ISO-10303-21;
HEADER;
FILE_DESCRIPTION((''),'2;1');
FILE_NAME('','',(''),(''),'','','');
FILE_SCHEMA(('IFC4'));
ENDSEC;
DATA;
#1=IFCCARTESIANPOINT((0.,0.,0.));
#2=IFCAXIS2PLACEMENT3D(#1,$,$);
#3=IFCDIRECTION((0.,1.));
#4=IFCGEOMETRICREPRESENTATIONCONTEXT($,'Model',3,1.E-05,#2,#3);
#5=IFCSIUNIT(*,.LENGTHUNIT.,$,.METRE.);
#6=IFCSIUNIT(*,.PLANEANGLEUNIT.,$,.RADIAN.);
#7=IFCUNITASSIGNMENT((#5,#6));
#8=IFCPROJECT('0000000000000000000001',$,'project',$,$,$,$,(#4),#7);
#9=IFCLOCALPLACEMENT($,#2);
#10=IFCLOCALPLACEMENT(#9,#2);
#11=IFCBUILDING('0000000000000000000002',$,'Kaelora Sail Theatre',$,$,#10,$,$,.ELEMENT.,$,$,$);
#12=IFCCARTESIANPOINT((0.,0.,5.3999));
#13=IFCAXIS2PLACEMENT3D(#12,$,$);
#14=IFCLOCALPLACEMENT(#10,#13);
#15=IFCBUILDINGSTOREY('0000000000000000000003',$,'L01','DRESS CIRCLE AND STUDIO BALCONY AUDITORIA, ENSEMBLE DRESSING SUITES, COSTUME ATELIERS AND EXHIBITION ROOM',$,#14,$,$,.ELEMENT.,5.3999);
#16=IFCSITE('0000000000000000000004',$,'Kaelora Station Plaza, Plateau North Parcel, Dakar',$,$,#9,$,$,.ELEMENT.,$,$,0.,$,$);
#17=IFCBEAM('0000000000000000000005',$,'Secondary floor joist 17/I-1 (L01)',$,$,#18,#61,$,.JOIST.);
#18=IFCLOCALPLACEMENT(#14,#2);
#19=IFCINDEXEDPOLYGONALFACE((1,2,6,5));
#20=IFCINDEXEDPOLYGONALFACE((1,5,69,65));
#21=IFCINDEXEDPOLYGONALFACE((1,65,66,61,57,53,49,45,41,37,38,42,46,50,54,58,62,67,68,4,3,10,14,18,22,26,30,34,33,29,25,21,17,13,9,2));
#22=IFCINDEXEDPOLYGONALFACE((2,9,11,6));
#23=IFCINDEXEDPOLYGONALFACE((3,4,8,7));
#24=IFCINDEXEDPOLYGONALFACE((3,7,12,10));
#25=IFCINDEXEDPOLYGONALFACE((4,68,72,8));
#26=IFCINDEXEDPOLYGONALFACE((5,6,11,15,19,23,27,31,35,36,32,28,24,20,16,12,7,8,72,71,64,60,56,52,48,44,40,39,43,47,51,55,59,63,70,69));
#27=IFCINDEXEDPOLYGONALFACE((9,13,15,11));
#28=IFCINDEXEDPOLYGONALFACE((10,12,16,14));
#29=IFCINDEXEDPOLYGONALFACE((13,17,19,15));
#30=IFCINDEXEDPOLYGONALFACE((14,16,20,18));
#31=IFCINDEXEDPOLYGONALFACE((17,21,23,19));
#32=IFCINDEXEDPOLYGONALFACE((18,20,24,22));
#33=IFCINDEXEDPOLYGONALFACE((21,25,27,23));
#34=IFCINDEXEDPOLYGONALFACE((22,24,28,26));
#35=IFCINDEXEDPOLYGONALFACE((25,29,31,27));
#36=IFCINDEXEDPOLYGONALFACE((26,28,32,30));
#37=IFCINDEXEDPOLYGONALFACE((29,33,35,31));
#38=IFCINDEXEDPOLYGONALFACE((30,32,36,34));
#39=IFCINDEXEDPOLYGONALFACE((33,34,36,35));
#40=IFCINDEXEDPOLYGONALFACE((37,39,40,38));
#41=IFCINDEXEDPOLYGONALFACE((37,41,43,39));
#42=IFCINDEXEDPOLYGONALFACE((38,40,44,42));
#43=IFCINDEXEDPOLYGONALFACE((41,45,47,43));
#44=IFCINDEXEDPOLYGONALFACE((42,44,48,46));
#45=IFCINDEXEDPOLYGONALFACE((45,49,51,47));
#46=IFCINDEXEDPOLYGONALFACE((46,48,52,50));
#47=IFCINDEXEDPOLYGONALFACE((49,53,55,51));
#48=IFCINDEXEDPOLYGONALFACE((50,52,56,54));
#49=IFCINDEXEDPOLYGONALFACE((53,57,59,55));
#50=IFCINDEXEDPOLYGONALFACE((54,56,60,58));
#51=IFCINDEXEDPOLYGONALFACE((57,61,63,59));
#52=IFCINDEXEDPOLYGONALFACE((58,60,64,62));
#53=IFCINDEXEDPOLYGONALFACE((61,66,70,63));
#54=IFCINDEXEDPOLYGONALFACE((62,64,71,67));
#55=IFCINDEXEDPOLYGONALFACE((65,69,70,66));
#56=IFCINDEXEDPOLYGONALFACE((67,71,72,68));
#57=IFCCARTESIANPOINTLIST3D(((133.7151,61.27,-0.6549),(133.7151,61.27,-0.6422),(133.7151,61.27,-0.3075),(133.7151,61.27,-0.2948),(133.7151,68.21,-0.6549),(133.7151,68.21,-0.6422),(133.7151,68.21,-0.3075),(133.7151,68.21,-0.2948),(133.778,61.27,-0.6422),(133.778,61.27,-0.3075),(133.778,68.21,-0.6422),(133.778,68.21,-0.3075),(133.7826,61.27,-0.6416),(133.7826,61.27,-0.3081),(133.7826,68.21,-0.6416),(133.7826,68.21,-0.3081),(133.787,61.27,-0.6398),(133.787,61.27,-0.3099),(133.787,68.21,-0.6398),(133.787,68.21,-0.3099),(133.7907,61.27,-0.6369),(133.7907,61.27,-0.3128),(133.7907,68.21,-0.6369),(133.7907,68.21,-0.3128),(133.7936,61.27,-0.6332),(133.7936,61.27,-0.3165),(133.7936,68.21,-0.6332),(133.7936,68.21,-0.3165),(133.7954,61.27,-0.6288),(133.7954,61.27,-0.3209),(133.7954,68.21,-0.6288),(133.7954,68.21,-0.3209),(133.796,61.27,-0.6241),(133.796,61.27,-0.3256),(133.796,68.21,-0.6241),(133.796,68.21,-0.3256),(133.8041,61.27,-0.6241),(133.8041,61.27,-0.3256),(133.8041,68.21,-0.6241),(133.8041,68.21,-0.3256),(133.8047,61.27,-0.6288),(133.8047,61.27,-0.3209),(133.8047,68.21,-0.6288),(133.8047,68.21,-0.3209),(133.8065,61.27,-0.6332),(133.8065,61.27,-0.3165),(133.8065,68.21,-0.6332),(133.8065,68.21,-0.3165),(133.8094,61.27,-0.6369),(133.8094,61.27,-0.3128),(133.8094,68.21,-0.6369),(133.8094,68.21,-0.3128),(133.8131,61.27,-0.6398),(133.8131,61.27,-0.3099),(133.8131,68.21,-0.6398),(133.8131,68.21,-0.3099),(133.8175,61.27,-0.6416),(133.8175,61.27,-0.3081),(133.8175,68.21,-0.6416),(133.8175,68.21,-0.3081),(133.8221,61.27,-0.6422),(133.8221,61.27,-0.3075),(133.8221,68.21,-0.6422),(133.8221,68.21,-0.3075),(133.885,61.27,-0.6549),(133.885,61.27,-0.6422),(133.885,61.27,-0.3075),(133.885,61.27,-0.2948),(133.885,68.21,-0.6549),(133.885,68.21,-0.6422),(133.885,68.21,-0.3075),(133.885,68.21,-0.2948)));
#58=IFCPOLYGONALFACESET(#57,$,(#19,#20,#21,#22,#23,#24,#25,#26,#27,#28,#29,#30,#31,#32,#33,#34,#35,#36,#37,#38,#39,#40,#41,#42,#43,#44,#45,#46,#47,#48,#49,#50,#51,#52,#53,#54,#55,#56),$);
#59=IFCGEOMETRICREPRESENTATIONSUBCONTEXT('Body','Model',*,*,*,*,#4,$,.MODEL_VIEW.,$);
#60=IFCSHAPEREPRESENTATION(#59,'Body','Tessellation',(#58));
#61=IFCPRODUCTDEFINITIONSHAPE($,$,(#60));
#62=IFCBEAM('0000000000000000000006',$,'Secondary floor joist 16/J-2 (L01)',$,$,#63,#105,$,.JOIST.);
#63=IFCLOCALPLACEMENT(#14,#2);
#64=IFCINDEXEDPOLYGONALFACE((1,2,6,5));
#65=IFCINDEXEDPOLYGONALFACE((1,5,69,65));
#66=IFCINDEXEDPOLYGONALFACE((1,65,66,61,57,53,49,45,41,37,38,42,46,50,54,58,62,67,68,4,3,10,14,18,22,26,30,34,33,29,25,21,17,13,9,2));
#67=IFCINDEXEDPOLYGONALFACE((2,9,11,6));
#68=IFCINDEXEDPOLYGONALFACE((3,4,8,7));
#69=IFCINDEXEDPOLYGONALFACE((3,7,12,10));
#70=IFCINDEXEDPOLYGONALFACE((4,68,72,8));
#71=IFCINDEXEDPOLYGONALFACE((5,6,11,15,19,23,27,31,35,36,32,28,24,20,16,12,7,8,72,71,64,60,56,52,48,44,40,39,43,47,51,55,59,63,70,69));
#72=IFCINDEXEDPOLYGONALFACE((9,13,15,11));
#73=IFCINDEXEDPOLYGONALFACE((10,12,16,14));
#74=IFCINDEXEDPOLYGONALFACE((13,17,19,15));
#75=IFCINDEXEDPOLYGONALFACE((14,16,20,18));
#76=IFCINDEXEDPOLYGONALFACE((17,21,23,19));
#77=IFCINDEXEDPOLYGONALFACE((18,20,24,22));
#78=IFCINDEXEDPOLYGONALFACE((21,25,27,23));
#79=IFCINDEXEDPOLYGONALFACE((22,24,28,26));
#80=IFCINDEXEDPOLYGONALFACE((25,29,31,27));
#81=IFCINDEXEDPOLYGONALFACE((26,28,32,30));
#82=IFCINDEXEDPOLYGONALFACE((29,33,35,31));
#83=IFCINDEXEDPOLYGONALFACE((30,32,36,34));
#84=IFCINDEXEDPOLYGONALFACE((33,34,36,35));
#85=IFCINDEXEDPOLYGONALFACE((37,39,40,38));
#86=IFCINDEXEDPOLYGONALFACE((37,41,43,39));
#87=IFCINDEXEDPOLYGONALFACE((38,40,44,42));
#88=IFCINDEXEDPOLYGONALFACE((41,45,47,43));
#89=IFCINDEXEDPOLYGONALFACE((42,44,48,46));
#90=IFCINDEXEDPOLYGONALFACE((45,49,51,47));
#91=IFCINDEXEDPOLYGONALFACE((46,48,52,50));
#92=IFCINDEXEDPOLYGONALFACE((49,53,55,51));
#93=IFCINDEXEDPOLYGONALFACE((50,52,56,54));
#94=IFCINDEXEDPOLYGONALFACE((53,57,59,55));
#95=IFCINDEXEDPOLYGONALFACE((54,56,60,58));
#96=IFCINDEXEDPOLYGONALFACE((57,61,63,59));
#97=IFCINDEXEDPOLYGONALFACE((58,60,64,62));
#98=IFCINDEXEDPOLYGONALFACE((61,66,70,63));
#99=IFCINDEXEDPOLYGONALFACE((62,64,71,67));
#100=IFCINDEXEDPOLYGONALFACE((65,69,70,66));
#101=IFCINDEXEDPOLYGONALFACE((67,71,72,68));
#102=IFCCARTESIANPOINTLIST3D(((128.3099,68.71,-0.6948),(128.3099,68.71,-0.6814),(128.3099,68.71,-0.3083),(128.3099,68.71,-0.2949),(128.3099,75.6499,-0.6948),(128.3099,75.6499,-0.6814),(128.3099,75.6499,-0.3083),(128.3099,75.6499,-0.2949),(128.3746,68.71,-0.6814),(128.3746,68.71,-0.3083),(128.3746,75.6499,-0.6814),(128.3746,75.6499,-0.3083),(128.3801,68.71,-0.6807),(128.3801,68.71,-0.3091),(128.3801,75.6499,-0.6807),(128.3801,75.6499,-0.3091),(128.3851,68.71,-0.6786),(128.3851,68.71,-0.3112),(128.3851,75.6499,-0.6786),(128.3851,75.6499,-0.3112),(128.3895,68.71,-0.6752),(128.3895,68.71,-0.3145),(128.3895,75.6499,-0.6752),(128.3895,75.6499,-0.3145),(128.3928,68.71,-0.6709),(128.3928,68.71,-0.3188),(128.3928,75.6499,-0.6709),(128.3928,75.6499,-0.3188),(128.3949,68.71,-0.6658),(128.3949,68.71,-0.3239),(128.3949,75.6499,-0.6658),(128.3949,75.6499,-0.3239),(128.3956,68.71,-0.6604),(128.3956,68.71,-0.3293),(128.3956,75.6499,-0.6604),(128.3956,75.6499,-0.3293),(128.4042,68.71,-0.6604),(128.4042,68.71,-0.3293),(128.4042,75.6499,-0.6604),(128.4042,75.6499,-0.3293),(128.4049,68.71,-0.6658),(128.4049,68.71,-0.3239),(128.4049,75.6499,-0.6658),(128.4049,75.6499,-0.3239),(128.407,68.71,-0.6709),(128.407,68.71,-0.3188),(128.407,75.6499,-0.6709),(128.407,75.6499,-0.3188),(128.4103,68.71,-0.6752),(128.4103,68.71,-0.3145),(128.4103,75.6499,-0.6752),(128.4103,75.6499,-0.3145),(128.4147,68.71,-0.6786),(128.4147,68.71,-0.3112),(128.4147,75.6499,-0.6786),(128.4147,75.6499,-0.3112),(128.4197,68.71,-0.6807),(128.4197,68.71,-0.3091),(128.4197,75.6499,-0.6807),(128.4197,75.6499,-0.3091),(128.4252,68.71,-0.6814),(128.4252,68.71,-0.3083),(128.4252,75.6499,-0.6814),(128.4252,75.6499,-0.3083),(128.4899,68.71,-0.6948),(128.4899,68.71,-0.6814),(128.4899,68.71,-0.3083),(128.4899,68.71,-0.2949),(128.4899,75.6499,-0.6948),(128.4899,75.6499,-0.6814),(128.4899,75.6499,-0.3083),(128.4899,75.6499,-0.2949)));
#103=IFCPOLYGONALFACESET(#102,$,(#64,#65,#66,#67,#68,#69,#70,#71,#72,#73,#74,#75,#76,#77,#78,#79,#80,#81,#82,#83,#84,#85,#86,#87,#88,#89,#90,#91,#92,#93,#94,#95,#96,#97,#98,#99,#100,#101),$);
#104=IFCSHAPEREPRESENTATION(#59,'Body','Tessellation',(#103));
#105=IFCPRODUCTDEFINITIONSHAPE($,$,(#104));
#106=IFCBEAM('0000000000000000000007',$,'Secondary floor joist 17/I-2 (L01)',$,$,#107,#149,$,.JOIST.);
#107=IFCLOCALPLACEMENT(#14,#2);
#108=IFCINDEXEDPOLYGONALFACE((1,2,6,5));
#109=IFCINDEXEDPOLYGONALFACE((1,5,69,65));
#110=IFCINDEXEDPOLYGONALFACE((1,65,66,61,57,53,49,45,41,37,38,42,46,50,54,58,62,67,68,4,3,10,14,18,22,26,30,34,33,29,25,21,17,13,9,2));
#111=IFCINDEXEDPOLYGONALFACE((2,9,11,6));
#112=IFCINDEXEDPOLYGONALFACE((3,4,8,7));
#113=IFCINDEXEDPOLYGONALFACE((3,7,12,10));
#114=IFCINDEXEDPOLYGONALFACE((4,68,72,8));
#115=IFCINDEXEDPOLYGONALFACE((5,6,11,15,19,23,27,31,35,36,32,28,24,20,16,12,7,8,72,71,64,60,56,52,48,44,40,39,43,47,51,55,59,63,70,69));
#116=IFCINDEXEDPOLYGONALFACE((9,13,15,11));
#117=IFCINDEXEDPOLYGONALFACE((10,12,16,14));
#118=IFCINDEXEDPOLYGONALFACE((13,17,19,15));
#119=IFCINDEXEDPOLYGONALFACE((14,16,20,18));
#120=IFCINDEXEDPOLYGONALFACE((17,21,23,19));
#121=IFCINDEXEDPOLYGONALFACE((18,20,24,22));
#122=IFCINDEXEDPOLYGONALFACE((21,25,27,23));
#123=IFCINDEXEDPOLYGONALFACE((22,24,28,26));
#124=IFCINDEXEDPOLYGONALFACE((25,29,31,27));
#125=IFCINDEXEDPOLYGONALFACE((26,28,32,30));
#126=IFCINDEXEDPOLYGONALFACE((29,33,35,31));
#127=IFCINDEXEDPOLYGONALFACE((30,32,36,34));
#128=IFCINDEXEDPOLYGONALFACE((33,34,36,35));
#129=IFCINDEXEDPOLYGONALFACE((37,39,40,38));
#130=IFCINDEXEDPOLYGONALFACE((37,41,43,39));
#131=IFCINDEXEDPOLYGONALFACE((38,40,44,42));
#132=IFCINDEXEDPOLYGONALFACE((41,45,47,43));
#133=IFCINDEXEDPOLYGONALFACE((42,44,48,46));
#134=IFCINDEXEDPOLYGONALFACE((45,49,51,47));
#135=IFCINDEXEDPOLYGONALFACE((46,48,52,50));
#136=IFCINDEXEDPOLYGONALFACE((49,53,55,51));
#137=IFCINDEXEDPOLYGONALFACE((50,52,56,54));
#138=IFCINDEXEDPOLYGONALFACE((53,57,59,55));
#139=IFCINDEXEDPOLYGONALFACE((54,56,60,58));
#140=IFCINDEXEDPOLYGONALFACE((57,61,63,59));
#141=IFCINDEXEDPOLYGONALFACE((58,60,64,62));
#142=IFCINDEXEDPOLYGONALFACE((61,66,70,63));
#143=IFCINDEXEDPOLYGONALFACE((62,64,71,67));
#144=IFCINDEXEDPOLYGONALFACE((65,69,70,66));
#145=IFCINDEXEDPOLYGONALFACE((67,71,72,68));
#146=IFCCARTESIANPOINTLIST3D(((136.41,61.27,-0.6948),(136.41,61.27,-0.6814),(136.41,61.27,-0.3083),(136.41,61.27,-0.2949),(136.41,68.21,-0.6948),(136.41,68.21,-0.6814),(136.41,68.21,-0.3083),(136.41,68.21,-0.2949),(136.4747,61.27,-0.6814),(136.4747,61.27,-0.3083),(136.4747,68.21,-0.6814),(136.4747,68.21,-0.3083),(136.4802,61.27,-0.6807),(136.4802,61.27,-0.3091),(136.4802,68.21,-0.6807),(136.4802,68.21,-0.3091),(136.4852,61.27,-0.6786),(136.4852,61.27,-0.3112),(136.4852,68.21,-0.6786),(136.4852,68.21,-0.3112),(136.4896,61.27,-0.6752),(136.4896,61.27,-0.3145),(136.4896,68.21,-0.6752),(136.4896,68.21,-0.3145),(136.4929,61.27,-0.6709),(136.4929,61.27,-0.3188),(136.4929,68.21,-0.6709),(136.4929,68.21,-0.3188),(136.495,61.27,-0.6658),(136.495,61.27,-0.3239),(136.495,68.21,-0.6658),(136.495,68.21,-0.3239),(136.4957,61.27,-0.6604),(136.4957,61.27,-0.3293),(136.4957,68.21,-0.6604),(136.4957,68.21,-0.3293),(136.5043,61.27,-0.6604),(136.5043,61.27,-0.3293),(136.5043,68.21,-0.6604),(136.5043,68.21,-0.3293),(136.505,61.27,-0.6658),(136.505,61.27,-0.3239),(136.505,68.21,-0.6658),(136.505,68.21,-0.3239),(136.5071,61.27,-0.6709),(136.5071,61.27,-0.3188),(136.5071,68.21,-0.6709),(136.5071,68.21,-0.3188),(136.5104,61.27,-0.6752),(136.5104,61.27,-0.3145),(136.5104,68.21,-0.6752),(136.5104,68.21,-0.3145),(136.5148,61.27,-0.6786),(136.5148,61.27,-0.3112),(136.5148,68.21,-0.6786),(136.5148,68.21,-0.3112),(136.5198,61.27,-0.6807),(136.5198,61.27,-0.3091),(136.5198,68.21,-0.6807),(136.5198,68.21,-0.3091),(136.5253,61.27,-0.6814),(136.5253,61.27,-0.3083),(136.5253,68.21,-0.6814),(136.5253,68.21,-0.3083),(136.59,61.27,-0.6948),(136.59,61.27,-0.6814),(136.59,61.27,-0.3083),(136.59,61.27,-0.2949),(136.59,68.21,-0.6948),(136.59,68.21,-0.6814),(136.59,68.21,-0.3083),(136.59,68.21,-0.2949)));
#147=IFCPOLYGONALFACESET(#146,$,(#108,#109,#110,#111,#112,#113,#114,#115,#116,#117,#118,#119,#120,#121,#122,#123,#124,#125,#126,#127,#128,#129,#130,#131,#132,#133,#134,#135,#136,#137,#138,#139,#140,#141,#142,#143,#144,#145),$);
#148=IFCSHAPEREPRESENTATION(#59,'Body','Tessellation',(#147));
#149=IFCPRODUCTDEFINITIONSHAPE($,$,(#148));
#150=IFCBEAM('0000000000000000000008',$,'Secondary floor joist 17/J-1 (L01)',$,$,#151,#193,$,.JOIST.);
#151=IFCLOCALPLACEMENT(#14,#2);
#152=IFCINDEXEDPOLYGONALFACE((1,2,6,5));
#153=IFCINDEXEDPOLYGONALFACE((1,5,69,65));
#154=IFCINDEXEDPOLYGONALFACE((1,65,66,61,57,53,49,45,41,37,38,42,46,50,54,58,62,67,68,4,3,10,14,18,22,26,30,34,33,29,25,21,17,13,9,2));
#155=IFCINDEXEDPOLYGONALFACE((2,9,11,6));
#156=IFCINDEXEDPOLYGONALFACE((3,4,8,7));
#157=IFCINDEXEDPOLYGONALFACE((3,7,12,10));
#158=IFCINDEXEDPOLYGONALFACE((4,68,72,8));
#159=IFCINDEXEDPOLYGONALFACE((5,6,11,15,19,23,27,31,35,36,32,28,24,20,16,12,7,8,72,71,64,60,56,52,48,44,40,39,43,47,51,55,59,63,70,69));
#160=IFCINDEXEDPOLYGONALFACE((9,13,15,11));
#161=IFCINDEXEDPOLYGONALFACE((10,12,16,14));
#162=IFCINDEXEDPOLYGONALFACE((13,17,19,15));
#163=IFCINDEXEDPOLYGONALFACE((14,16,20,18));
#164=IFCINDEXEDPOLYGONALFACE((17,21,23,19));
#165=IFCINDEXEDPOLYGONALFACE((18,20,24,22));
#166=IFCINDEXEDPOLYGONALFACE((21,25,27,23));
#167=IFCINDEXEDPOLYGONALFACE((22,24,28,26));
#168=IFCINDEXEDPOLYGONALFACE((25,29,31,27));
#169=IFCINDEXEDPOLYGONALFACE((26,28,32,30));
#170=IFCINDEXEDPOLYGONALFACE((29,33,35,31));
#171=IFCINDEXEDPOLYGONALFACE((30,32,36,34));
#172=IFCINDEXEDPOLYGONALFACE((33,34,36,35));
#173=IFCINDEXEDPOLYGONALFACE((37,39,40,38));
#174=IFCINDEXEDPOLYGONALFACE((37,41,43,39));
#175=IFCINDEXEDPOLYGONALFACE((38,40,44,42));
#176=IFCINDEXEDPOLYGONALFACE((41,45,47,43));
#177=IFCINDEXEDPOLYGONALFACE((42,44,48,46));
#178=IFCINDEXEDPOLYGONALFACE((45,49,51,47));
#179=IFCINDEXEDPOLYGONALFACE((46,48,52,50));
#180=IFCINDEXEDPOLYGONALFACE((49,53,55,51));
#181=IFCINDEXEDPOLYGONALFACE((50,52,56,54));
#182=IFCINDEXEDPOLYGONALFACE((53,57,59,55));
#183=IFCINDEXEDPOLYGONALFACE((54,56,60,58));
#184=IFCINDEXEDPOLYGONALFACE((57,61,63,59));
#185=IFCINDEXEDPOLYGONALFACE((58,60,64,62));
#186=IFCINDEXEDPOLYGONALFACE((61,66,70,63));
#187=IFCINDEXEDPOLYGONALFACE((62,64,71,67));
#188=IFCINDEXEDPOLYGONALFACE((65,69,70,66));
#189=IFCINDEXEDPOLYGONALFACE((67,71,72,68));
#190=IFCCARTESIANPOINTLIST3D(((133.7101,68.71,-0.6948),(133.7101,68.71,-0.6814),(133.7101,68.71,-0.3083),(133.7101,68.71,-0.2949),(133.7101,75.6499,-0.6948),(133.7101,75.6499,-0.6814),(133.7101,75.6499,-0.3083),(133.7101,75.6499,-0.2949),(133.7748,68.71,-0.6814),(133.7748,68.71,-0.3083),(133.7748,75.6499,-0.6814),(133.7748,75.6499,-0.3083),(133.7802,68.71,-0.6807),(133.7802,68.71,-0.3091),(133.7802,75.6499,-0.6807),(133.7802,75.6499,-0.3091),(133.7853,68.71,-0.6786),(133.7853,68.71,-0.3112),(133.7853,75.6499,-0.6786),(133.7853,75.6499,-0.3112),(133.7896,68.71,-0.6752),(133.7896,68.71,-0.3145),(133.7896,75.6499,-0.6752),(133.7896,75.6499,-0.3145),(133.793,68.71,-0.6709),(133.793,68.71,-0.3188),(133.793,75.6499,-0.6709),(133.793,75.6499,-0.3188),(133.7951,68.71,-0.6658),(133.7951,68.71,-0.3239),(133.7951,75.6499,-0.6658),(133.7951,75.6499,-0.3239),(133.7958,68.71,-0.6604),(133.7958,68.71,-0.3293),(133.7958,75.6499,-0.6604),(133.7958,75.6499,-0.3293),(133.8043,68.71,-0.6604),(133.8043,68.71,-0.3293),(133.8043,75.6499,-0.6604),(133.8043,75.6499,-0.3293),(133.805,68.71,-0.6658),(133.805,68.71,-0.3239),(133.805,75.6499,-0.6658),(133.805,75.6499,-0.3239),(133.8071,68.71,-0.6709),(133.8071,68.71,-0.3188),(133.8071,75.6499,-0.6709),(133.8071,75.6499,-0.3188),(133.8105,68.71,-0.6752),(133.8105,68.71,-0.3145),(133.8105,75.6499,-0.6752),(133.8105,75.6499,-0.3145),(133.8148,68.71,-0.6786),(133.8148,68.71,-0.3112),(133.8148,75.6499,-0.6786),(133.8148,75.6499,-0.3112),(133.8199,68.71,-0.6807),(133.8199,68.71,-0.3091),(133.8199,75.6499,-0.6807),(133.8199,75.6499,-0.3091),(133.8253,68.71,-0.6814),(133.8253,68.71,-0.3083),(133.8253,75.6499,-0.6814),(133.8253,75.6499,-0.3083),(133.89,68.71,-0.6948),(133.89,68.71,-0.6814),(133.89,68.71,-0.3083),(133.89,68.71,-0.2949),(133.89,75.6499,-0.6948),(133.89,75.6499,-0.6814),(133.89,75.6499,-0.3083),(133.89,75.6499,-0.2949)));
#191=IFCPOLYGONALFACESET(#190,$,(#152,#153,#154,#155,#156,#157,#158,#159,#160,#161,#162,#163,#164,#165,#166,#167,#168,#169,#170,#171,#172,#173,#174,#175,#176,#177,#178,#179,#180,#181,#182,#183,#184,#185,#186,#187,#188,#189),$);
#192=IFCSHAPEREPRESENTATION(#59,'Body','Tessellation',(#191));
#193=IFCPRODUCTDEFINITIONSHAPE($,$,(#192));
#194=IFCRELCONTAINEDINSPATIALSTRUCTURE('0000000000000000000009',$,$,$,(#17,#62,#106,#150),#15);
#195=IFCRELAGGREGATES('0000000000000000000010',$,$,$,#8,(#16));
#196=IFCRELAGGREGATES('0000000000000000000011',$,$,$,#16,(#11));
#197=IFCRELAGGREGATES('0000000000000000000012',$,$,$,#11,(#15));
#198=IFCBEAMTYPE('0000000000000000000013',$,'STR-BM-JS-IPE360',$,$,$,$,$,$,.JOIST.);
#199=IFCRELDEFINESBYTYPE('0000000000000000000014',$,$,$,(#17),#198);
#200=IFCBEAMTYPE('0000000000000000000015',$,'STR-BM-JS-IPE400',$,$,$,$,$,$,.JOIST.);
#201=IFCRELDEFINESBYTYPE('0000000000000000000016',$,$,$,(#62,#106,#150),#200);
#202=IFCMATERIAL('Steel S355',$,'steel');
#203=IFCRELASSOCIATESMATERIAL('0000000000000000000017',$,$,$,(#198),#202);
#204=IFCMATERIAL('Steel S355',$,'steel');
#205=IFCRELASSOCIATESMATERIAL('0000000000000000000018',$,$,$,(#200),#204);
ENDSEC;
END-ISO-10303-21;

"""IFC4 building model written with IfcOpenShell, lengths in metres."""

from ifc_helpers import new_model, si_unit, direction, frame, origin, origin_2d, place, context, subcontext, project, spatial, i_section, extrude, material, material_profile, profile_set, type_object, element, save


model = new_model("IFC4")

# Units and contexts
model_context = context("Model", 3, precision=1e-05, world=origin(), true_north=direction((0.0, 1.0)))
body_context = subcontext(model_context, "Body", "Model", "MODEL_VIEW")
ifc_project = project(units=[si_unit("LENGTHUNIT", "METRE"), si_unit("PLANEANGLEUNIT", "RADIAN")], contexts=[model_context])

# Site, building, storey
site_placement = place(None, origin())
site = spatial("IfcSite", under=ifc_project, at=site_placement, Name="Kaelora Station Plaza, Plateau North Parcel, Dakar", CompositionType="ELEMENT", RefElevation=0.0)
building_placement = place(site_placement, origin())
building = spatial("IfcBuilding", under=site, at=building_placement, Name="Kaelora Sail Theatre", CompositionType="ELEMENT")
storey_placement = place(building_placement, frame((0.0, 0.0, 5.3999)))
storey = spatial("IfcBuildingStorey", under=building, at=storey_placement, Name="L01", Description="DRESS CIRCLE AND STUDIO BALCONY AUDITORIA, ENSEMBLE DRESSING SUITES, COSTUME ATELIERS AND EXHIBITION ROOM", CompositionType="ELEMENT", Elevation=5.3999)

# Beams
ifc_material_1 = material(Name="Steel S355", Category="steel")
ifc_material_profile_1 = material_profile(ifc_material_1, i_section(OverallWidth=0.1699, OverallDepth=0.3601, WebThickness=0.0081, FlangeThickness=0.0127, FilletRadius=0.0181, at=origin_2d()), Name="IPE 360")
ifc_profile_set_1 = profile_set([ifc_material_profile_1], Name="Steel S355")
beam_type_1 = type_object("IfcBeamType", Name="STR-BM-JS-IPE360", PredefinedType="JOIST", material=ifc_profile_set_1)
for number, where, z_axis, x_axis, name in (
    (1, (133.8, 61.27, -0.4749), (0.0, 1.0, 0.0), (-1.0, 0.0, 0.0), "Secondary floor joist 17/I-1 (L01)"),
):
    element("IfcBeam", number, at=place(storey_placement, frame(where, z_axis=z_axis, x_axis=x_axis)), inside=storey, type_object=beam_type_1, Name=name, PredefinedType="JOIST", context=body_context, shape_type="SweptSolid", body=[
        extrude(i_section(OverallWidth=0.1699, OverallDepth=0.3601, WebThickness=0.0081, FlangeThickness=0.0127, FilletRadius=0.0181, at=origin_2d()), origin(), (0.0, 0.0, 1.0), 6.9399),
    ])
ifc_material_2 = material(Name="Steel S355", Category="steel")
ifc_material_profile_2 = material_profile(ifc_material_2, i_section(OverallWidth=0.1799, OverallDepth=0.3999, WebThickness=0.0085, FlangeThickness=0.0134, FilletRadius=0.021, at=origin_2d()), Name="IPE 400")
ifc_profile_set_2 = profile_set([ifc_material_profile_2], Name="Steel S355")
beam_type_2 = type_object("IfcBeamType", Name="STR-BM-JS-IPE400", PredefinedType="JOIST", material=ifc_profile_set_2)
for number, where, z_axis, x_axis, name in (
    (2, (128.3999, 68.71, -0.4949), (0.0, 1.0, 0.0), (-1.0, 0.0, 0.0), "Secondary floor joist 16/J-2 (L01)"),
    (3, (136.5, 61.27, -0.4949), (0.0, 1.0, 0.0), (-1.0, 0.0, 0.0), "Secondary floor joist 17/I-2 (L01)"),
    (4, (133.8, 68.71, -0.4949), (0.0, 1.0, 0.0), (-1.0, 0.0, 0.0), "Secondary floor joist 17/J-1 (L01)"),
):
    element("IfcBeam", number, at=place(storey_placement, frame(where, z_axis=z_axis, x_axis=x_axis)), inside=storey, type_object=beam_type_2, Name=name, PredefinedType="JOIST", context=body_context, shape_type="SweptSolid", body=[
        extrude(i_section(OverallWidth=0.1799, OverallDepth=0.3999, WebThickness=0.0085, FlangeThickness=0.0134, FilletRadius=0.021, at=origin_2d()), origin(), (0.0, 0.0, 1.0), 6.9399),
    ])

save(model, "model.ifc")
